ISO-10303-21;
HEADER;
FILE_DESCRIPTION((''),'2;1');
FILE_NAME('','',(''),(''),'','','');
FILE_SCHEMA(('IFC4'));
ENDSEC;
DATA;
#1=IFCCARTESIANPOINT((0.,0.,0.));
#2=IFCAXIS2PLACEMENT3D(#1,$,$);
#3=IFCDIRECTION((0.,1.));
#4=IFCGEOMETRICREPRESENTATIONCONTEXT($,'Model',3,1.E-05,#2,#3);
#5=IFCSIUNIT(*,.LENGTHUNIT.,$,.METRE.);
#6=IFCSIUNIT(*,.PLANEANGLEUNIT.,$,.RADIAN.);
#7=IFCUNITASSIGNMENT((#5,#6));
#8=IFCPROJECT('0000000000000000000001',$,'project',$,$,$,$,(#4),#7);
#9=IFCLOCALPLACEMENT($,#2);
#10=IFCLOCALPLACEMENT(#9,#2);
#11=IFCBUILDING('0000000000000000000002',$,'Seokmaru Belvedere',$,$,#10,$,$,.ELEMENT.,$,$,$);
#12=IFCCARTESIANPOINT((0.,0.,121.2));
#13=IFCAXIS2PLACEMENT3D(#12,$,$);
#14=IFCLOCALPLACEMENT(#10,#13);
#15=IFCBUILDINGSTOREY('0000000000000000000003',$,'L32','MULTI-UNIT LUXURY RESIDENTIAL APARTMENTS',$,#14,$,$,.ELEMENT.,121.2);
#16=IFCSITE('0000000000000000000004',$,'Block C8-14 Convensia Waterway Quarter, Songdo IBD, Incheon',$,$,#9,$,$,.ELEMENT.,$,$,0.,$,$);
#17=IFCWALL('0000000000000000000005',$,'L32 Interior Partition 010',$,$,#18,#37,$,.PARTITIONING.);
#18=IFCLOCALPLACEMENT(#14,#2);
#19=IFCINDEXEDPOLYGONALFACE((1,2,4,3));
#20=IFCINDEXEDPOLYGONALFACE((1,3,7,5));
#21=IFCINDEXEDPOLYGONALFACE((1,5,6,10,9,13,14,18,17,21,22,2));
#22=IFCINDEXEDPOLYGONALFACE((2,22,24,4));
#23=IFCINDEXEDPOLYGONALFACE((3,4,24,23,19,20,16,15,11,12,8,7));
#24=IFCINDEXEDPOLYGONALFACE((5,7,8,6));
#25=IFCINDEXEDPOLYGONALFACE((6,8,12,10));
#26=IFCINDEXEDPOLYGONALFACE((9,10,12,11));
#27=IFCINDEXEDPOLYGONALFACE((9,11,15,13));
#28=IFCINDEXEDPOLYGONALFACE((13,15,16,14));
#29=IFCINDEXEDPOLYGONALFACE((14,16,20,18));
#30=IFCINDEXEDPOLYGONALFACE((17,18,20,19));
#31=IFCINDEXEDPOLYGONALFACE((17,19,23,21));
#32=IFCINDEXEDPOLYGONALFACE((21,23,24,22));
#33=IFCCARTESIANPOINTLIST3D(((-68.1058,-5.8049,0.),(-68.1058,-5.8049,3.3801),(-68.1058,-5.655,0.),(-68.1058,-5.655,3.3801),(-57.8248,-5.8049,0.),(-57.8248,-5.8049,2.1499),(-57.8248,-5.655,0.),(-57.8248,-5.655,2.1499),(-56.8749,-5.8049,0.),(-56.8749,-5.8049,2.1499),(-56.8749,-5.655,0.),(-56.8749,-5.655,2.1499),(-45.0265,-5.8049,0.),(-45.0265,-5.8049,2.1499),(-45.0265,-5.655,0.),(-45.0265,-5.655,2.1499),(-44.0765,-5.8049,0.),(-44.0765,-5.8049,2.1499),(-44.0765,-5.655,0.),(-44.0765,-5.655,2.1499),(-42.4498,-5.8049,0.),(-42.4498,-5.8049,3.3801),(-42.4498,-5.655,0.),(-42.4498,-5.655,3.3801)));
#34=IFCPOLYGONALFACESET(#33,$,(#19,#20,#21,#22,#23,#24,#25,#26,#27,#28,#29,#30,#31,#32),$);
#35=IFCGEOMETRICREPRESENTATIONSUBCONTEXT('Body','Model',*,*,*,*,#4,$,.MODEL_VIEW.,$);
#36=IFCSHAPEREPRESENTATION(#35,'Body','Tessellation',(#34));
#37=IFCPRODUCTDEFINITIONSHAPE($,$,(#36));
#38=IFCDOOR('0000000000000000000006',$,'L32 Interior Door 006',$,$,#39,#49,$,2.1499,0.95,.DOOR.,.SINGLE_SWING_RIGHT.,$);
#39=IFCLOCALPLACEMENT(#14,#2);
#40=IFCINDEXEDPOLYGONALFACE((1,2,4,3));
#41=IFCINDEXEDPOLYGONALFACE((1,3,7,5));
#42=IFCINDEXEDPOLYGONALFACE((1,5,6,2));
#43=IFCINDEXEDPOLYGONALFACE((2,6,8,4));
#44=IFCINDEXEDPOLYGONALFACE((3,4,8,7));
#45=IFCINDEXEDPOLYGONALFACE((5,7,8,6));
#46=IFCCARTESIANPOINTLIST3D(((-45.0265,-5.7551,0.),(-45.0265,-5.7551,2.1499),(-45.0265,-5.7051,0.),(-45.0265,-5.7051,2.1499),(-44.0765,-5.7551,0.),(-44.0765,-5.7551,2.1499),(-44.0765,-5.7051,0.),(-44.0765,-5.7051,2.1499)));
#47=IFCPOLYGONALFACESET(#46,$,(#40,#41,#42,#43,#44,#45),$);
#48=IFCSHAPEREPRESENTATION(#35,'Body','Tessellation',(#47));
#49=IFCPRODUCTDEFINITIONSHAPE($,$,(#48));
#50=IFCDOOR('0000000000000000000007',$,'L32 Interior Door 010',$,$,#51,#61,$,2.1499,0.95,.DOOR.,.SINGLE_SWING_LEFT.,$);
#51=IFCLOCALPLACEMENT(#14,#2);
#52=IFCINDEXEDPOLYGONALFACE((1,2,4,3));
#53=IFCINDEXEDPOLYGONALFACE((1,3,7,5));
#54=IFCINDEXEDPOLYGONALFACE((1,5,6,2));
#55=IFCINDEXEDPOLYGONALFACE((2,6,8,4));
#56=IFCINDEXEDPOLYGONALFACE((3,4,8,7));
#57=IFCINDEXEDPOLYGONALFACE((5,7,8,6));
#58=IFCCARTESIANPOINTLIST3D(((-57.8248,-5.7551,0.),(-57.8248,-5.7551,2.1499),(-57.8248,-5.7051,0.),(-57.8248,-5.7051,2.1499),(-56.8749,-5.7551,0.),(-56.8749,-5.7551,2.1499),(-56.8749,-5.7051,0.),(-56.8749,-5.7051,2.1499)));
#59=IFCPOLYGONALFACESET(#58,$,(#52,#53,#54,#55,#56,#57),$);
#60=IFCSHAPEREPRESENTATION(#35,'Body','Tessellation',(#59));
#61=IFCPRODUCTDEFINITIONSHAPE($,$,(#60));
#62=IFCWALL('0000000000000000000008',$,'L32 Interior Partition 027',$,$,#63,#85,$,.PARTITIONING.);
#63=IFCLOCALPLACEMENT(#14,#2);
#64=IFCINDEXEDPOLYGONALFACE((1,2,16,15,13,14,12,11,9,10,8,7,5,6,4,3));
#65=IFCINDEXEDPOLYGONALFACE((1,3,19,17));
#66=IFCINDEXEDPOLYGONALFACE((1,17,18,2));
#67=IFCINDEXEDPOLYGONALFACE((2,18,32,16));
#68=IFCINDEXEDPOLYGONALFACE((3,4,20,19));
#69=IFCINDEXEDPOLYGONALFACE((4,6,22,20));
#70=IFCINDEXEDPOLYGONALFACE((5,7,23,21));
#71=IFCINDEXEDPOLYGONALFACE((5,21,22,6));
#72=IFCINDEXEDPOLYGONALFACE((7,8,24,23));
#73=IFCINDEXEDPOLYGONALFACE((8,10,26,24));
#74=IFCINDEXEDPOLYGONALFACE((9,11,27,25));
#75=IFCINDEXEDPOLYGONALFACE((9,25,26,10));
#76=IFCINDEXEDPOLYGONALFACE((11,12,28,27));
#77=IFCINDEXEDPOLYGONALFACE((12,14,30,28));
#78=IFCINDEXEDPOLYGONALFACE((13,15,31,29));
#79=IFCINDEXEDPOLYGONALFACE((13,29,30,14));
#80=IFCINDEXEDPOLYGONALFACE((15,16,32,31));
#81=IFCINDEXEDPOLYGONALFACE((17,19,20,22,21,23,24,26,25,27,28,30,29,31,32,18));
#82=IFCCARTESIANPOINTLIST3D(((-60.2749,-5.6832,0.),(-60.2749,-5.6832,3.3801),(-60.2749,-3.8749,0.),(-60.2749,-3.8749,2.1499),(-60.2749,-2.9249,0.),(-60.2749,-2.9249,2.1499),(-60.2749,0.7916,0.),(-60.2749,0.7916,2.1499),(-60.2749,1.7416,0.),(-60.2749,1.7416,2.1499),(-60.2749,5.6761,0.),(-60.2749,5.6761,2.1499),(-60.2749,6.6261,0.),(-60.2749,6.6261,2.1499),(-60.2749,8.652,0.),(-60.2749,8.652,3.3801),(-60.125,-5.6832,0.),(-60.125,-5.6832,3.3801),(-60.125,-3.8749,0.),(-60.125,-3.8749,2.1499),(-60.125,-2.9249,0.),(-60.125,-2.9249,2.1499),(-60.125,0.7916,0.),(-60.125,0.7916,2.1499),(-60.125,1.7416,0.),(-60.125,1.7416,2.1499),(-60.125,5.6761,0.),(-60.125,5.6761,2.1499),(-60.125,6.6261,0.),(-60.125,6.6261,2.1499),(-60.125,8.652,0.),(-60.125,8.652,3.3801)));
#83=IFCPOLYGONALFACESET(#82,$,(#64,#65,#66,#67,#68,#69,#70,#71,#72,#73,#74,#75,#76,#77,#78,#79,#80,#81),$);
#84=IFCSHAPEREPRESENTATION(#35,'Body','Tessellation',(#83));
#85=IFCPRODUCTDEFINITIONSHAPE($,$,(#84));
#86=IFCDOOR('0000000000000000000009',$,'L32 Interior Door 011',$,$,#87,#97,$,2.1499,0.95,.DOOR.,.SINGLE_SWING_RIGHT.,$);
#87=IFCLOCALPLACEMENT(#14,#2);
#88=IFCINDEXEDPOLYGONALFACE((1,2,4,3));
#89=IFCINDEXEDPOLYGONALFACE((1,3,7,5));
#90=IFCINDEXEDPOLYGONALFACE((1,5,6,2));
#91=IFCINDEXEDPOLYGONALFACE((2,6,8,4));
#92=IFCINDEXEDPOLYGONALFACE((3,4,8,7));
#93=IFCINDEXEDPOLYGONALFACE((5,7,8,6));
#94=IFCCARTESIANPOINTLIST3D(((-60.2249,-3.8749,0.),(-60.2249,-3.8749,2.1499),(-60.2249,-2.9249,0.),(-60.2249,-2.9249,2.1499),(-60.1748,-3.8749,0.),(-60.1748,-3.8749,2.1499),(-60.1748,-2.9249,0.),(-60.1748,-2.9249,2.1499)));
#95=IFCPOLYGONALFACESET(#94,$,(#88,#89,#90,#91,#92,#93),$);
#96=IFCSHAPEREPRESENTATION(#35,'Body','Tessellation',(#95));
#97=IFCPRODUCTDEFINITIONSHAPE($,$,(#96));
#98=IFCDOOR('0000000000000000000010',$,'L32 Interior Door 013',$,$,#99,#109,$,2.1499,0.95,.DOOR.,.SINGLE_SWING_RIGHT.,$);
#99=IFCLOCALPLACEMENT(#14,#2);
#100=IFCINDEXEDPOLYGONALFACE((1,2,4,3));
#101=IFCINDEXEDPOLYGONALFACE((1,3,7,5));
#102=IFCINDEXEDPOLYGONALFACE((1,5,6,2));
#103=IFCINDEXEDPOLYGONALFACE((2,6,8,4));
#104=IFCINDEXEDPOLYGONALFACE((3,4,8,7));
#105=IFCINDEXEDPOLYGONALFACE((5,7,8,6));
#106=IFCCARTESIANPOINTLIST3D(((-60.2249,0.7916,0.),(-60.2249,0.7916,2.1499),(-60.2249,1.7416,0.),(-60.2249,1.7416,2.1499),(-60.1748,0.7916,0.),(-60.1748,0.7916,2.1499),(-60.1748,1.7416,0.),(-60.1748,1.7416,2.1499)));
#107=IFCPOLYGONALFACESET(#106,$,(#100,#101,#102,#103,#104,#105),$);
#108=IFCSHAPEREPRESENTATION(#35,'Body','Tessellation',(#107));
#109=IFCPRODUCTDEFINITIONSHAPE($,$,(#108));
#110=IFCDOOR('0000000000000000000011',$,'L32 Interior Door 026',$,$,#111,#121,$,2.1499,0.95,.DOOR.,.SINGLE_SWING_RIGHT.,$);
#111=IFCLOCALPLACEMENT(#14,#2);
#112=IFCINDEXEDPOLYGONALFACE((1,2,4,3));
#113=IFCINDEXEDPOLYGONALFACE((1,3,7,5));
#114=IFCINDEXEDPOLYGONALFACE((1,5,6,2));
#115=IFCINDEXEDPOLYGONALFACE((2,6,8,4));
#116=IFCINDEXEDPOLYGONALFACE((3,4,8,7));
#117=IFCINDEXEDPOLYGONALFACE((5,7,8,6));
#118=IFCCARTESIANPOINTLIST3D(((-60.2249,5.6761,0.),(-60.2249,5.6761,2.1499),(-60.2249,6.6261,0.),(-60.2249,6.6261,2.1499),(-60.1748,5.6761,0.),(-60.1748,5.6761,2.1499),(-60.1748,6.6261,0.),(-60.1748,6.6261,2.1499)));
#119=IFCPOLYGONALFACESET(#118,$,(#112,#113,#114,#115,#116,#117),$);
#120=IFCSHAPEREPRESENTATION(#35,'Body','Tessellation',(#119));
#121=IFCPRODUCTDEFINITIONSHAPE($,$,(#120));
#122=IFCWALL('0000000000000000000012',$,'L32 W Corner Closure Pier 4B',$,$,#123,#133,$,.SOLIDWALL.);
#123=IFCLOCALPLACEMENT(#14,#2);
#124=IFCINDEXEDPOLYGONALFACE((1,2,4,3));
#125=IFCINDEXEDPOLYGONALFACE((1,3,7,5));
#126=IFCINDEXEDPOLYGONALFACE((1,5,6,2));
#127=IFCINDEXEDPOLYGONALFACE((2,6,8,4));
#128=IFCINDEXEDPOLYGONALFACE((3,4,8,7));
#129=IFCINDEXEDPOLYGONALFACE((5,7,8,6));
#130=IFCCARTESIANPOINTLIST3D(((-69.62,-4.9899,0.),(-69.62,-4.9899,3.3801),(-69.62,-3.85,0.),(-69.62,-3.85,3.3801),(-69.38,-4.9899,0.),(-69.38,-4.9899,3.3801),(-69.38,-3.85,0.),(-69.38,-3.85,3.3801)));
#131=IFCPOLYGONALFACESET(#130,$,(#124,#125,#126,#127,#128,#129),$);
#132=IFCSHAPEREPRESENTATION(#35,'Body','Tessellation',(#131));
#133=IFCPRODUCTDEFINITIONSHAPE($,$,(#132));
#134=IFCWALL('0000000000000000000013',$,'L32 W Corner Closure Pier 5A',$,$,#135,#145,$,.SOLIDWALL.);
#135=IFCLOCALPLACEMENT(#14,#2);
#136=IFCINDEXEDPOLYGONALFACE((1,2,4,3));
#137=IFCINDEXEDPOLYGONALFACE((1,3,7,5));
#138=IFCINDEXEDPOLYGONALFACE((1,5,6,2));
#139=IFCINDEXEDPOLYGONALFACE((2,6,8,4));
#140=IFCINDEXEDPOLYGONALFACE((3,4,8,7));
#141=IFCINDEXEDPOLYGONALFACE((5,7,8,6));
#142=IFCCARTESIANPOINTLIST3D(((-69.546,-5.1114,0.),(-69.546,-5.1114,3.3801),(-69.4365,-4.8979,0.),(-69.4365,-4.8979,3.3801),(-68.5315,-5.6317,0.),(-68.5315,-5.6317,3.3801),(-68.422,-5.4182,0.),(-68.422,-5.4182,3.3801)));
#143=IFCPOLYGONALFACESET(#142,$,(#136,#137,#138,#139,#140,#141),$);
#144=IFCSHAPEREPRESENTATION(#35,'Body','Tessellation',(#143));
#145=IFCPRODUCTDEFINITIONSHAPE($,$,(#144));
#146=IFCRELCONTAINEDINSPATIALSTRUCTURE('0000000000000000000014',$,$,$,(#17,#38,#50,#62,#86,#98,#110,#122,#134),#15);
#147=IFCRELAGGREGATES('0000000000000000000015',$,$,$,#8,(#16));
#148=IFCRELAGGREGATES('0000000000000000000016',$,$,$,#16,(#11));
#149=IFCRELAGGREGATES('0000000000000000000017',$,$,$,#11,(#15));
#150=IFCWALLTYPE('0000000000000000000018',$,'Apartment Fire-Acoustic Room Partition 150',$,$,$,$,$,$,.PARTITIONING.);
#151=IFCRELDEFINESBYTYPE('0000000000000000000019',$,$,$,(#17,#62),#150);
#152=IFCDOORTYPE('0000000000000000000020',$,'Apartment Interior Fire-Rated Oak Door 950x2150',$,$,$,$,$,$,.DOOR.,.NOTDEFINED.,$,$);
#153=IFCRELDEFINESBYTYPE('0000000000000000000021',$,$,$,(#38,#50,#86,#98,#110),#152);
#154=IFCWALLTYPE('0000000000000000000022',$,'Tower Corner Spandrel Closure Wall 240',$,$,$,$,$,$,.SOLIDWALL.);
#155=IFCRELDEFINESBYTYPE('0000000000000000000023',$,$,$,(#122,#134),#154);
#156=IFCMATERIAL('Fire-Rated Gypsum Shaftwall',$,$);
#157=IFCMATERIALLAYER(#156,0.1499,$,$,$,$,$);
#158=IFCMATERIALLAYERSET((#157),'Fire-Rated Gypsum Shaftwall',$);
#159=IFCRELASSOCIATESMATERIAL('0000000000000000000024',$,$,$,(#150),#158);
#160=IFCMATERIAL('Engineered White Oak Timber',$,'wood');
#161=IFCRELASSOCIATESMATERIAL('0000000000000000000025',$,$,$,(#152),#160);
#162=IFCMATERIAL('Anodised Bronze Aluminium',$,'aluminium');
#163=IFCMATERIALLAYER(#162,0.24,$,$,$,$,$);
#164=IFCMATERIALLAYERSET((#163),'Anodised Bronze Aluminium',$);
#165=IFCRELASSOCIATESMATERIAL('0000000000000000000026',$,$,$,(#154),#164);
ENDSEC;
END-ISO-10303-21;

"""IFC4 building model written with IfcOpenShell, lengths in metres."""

from ifc_helpers import new_model, si_unit, direction, frame, frame_2d, origin, place, context, subcontext, project, spatial, rectangle, extrude, source, transform, mapped, material, layer, layer_set, type_object, type_shapes, element, fill, save


model = new_model("IFC4")

# Units and contexts
model_context = context("Model", 3, precision=1e-05, world=origin(), true_north=direction((0.0, 1.0)))
body_context = subcontext(model_context, "Body", "Model", "MODEL_VIEW")
ifc_project = project(units=[si_unit("LENGTHUNIT", "METRE"), si_unit("PLANEANGLEUNIT", "RADIAN")], contexts=[model_context])

# Site, building, storey
site_placement = place(None, origin())
site = spatial("IfcSite", under=ifc_project, at=site_placement, Name="Block C8-14 Convensia Waterway Quarter, Songdo IBD, Incheon", CompositionType="ELEMENT", RefElevation=0.0)
building_placement = place(site_placement, origin())
building = spatial("IfcBuilding", under=site, at=building_placement, Name="Seokmaru Belvedere", CompositionType="ELEMENT")
storey_placement = place(building_placement, frame((0.0, 0.0, 121.2)))
storey = spatial("IfcBuildingStorey", under=building, at=storey_placement, Name="L32", Description="MULTI-UNIT LUXURY RESIDENTIAL APARTMENTS", CompositionType="ELEMENT", Elevation=121.2)

# Shared definitions
ifc_material_1 = material(Name="Anodised Bronze Aluminium", Category="aluminium")

# Walls, openings, doors
ifc_material_2 = material(Name="Fire-Rated Gypsum Shaftwall")
ifc_layer_1 = layer(ifc_material_2, 0.1499)
ifc_layer_set_1 = layer_set([ifc_layer_1], Name="Fire-Rated Gypsum Shaftwall")
wall_type_1 = type_object("IfcWallType", Name="Apartment Fire-Acoustic Room Partition 150", PredefinedType="PARTITIONING", material=ifc_layer_set_1)
wall_1_placement = place(storey_placement, frame((-68.106, -5.73, 0.0), z_axis=(0.0, 0.0, 1.0), x_axis=(1.0, 0.0, 0.0)))
wall_1 = element("IfcWall", 1, at=wall_1_placement, inside=storey, type_object=wall_type_1, Name="L32 Interior Partition 010", PredefinedType="PARTITIONING", context=body_context, shape_type="SweptSolid", body=[
    extrude(rectangle(XDim=25.656, YDim=0.1499, at=frame_2d((12.8281, 0.0))), origin(), (0.0, 0.0, 1.0), 3.3801),
])
opening_1_placement = place(wall_1_placement, frame((23.0793, 0.0, 0.0)))
opening_1 = element("IfcOpeningElement", 2, at=opening_1_placement, cuts=wall_1, PredefinedType="OPENING", context=body_context, shape_type="SweptSolid", body=[
    extrude(rectangle(XDim=0.95, YDim=2.1499, at=frame_2d((0.4751, 1.075))), frame((0.0, 0.085, 0.0), z_axis=(0.0, -1.0, 0.0), x_axis=(1.0, 0.0, 0.0)), (0.0, 0.0, 1.0), 0.1699),
])
opening_2_placement = place(wall_1_placement, frame((10.281, 0.0, 0.0)))
opening_2 = element("IfcOpeningElement", 3, at=opening_2_placement, cuts=wall_1, PredefinedType="OPENING", context=body_context, shape_type="SweptSolid", body=[
    extrude(rectangle(XDim=0.95, YDim=2.1499, at=frame_2d((0.4751, 1.075))), frame((0.0, 0.085, 0.0), z_axis=(0.0, -1.0, 0.0), x_axis=(1.0, 0.0, 0.0)), (0.0, 0.0, 1.0), 0.1699),
])
ifc_material_3 = material(Name="Engineered White Oak Timber", Category="wood")
door_type = type_object("IfcDoorType", Name="Apartment Interior Fire-Rated Oak Door 950x2150", OperationType="NOTDEFINED", PredefinedType="DOOR", material=ifc_material_3)
shared_shape_1 = source(origin(), body_context, "Body", "SweptSolid", [
    extrude(rectangle(XDim=0.95, YDim=2.1499, at=frame_2d((0.4751, 1.075))), frame((0.0, 0.0249, 0.0), z_axis=(0.0, -1.0, 0.0), x_axis=(1.0, 0.0, 0.0)), (0.0, 0.0, 1.0), 0.05),
])
type_shapes(door_type, [shared_shape_1])
door_1_placement = place(opening_1_placement, origin())
door_1 = element("IfcDoor", 4, at=door_1_placement, inside=storey, type_object=door_type, Name="L32 Interior Door 006", OperationType="SINGLE_SWING_RIGHT", OverallHeight=2.1499, OverallWidth=0.95, PredefinedType="DOOR", context=body_context, shape_type="MappedRepresentation", body=[
    mapped(shared_shape_1, transform((0.0, 0.0, 0.0), scale=1.0)),
])
fill(opening_1, door_1)
door_2_placement = place(opening_2_placement, origin())
door_2 = element("IfcDoor", 5, at=door_2_placement, inside=storey, type_object=door_type, Name="L32 Interior Door 010", OperationType="SINGLE_SWING_LEFT", OverallHeight=2.1499, OverallWidth=0.95, PredefinedType="DOOR", context=body_context, shape_type="MappedRepresentation", body=[
    mapped(shared_shape_1, transform((0.0, 0.0, 0.0), scale=1.0)),
])
fill(opening_2, door_2)
wall_2_placement = place(storey_placement, frame((-60.2, -5.6831, 0.0), z_axis=(0.0, 0.0, 1.0), x_axis=(0.0, 1.0, 0.0)))
wall_2 = element("IfcWall", 6, at=wall_2_placement, inside=storey, type_object=wall_type_1, Name="L32 Interior Partition 027", PredefinedType="PARTITIONING", context=body_context, shape_type="SweptSolid", body=[
    extrude(rectangle(XDim=14.3352, YDim=0.1499, at=frame_2d((7.1675, 0.0))), origin(), (0.0, 0.0, 1.0), 3.3801),
])
opening_3_placement = place(wall_2_placement, frame((1.8081, 0.0, 0.0)))
opening_3 = element("IfcOpeningElement", 7, at=opening_3_placement, cuts=wall_2, PredefinedType="OPENING", context=body_context, shape_type="SweptSolid", body=[
    extrude(rectangle(XDim=0.95, YDim=2.1499, at=frame_2d((0.4751, 1.075))), frame((0.0, 0.085, 0.0), z_axis=(0.0, -1.0, 0.0), x_axis=(1.0, 0.0, 0.0)), (0.0, 0.0, 1.0), 0.1699),
])
opening_4_placement = place(wall_2_placement, frame((6.4746, 0.0, 0.0)))
opening_4 = element("IfcOpeningElement", 8, at=opening_4_placement, cuts=wall_2, PredefinedType="OPENING", context=body_context, shape_type="SweptSolid", body=[
    extrude(rectangle(XDim=0.95, YDim=2.1499, at=frame_2d((0.4751, 1.075))), frame((0.0, 0.085, 0.0), z_axis=(0.0, -1.0, 0.0), x_axis=(1.0, 0.0, 0.0)), (0.0, 0.0, 1.0), 0.1699),
])
opening_5_placement = place(wall_2_placement, frame((11.3591, 0.0, 0.0)))
opening_5 = element("IfcOpeningElement", 9, at=opening_5_placement, cuts=wall_2, PredefinedType="OPENING", context=body_context, shape_type="SweptSolid", body=[
    extrude(rectangle(XDim=0.95, YDim=2.1499, at=frame_2d((0.4751, 1.075))), frame((0.0, 0.085, 0.0), z_axis=(0.0, -1.0, 0.0), x_axis=(1.0, 0.0, 0.0)), (0.0, 0.0, 1.0), 0.1699),
])
door_3_placement = place(opening_3_placement, origin())
door_3 = element("IfcDoor", 10, at=door_3_placement, inside=storey, type_object=door_type, Name="L32 Interior Door 011", OperationType="SINGLE_SWING_RIGHT", OverallHeight=2.1499, OverallWidth=0.95, PredefinedType="DOOR", context=body_context, shape_type="MappedRepresentation", body=[
    mapped(shared_shape_1, transform((0.0, 0.0, 0.0), scale=1.0)),
])
fill(opening_3, door_3)
door_4_placement = place(opening_4_placement, origin())
door_4 = element("IfcDoor", 11, at=door_4_placement, inside=storey, type_object=door_type, Name="L32 Interior Door 013", OperationType="SINGLE_SWING_RIGHT", OverallHeight=2.1499, OverallWidth=0.95, PredefinedType="DOOR", context=body_context, shape_type="MappedRepresentation", body=[
    mapped(shared_shape_1, transform((0.0, 0.0, 0.0), scale=1.0)),
])
fill(opening_4, door_4)
door_5_placement = place(opening_5_placement, origin())
door_5 = element("IfcDoor", 12, at=door_5_placement, inside=storey, type_object=door_type, Name="L32 Interior Door 026", OperationType="SINGLE_SWING_RIGHT", OverallHeight=2.1499, OverallWidth=0.95, PredefinedType="DOOR", context=body_context, shape_type="MappedRepresentation", body=[
    mapped(shared_shape_1, transform((0.0, 0.0, 0.0), scale=1.0)),
])
fill(opening_5, door_5)

# Walls
ifc_layer_2 = layer(ifc_material_1, 0.24)
ifc_layer_set_2 = layer_set([ifc_layer_2], Name="Anodised Bronze Aluminium")
wall_type_2 = type_object("IfcWallType", Name="Tower Corner Spandrel Closure Wall 240", PredefinedType="SOLIDWALL", material=ifc_layer_set_2)
wall_3_placement = place(storey_placement, frame((-69.5, -3.8501, 0.0), z_axis=(0.0, 0.0, 1.0), x_axis=(0.0, -1.0, 0.0)))
element("IfcWall", 13, at=wall_3_placement, inside=storey, type_object=wall_type_2, Name="L32 W Corner Closure Pier 4B", PredefinedType="SOLIDWALL", context=body_context, shape_type="SweptSolid", body=[
    extrude(rectangle(XDim=1.1399, YDim=0.24, at=frame_2d((0.5698, 0.0))), origin(), (0.0, 0.0, 1.0), 3.3801),
])
wall_4_placement = place(storey_placement, frame((-69.4912, -5.0046, 0.0), z_axis=(0.0, 0.0, 1.0), x_axis=(0.889797, -0.456356, 0.0)))
element("IfcWall", 14, at=wall_4_placement, inside=storey, type_object=wall_type_2, Name="L32 W Corner Closure Pier 5A", PredefinedType="SOLIDWALL", context=body_context, shape_type="SweptSolid", body=[
    extrude(rectangle(XDim=1.1401, YDim=0.24, at=frame_2d((0.5701, 0.0))), origin(), (0.0, 0.0, 1.0), 3.3801),
])

save(model, "model.ifc")
